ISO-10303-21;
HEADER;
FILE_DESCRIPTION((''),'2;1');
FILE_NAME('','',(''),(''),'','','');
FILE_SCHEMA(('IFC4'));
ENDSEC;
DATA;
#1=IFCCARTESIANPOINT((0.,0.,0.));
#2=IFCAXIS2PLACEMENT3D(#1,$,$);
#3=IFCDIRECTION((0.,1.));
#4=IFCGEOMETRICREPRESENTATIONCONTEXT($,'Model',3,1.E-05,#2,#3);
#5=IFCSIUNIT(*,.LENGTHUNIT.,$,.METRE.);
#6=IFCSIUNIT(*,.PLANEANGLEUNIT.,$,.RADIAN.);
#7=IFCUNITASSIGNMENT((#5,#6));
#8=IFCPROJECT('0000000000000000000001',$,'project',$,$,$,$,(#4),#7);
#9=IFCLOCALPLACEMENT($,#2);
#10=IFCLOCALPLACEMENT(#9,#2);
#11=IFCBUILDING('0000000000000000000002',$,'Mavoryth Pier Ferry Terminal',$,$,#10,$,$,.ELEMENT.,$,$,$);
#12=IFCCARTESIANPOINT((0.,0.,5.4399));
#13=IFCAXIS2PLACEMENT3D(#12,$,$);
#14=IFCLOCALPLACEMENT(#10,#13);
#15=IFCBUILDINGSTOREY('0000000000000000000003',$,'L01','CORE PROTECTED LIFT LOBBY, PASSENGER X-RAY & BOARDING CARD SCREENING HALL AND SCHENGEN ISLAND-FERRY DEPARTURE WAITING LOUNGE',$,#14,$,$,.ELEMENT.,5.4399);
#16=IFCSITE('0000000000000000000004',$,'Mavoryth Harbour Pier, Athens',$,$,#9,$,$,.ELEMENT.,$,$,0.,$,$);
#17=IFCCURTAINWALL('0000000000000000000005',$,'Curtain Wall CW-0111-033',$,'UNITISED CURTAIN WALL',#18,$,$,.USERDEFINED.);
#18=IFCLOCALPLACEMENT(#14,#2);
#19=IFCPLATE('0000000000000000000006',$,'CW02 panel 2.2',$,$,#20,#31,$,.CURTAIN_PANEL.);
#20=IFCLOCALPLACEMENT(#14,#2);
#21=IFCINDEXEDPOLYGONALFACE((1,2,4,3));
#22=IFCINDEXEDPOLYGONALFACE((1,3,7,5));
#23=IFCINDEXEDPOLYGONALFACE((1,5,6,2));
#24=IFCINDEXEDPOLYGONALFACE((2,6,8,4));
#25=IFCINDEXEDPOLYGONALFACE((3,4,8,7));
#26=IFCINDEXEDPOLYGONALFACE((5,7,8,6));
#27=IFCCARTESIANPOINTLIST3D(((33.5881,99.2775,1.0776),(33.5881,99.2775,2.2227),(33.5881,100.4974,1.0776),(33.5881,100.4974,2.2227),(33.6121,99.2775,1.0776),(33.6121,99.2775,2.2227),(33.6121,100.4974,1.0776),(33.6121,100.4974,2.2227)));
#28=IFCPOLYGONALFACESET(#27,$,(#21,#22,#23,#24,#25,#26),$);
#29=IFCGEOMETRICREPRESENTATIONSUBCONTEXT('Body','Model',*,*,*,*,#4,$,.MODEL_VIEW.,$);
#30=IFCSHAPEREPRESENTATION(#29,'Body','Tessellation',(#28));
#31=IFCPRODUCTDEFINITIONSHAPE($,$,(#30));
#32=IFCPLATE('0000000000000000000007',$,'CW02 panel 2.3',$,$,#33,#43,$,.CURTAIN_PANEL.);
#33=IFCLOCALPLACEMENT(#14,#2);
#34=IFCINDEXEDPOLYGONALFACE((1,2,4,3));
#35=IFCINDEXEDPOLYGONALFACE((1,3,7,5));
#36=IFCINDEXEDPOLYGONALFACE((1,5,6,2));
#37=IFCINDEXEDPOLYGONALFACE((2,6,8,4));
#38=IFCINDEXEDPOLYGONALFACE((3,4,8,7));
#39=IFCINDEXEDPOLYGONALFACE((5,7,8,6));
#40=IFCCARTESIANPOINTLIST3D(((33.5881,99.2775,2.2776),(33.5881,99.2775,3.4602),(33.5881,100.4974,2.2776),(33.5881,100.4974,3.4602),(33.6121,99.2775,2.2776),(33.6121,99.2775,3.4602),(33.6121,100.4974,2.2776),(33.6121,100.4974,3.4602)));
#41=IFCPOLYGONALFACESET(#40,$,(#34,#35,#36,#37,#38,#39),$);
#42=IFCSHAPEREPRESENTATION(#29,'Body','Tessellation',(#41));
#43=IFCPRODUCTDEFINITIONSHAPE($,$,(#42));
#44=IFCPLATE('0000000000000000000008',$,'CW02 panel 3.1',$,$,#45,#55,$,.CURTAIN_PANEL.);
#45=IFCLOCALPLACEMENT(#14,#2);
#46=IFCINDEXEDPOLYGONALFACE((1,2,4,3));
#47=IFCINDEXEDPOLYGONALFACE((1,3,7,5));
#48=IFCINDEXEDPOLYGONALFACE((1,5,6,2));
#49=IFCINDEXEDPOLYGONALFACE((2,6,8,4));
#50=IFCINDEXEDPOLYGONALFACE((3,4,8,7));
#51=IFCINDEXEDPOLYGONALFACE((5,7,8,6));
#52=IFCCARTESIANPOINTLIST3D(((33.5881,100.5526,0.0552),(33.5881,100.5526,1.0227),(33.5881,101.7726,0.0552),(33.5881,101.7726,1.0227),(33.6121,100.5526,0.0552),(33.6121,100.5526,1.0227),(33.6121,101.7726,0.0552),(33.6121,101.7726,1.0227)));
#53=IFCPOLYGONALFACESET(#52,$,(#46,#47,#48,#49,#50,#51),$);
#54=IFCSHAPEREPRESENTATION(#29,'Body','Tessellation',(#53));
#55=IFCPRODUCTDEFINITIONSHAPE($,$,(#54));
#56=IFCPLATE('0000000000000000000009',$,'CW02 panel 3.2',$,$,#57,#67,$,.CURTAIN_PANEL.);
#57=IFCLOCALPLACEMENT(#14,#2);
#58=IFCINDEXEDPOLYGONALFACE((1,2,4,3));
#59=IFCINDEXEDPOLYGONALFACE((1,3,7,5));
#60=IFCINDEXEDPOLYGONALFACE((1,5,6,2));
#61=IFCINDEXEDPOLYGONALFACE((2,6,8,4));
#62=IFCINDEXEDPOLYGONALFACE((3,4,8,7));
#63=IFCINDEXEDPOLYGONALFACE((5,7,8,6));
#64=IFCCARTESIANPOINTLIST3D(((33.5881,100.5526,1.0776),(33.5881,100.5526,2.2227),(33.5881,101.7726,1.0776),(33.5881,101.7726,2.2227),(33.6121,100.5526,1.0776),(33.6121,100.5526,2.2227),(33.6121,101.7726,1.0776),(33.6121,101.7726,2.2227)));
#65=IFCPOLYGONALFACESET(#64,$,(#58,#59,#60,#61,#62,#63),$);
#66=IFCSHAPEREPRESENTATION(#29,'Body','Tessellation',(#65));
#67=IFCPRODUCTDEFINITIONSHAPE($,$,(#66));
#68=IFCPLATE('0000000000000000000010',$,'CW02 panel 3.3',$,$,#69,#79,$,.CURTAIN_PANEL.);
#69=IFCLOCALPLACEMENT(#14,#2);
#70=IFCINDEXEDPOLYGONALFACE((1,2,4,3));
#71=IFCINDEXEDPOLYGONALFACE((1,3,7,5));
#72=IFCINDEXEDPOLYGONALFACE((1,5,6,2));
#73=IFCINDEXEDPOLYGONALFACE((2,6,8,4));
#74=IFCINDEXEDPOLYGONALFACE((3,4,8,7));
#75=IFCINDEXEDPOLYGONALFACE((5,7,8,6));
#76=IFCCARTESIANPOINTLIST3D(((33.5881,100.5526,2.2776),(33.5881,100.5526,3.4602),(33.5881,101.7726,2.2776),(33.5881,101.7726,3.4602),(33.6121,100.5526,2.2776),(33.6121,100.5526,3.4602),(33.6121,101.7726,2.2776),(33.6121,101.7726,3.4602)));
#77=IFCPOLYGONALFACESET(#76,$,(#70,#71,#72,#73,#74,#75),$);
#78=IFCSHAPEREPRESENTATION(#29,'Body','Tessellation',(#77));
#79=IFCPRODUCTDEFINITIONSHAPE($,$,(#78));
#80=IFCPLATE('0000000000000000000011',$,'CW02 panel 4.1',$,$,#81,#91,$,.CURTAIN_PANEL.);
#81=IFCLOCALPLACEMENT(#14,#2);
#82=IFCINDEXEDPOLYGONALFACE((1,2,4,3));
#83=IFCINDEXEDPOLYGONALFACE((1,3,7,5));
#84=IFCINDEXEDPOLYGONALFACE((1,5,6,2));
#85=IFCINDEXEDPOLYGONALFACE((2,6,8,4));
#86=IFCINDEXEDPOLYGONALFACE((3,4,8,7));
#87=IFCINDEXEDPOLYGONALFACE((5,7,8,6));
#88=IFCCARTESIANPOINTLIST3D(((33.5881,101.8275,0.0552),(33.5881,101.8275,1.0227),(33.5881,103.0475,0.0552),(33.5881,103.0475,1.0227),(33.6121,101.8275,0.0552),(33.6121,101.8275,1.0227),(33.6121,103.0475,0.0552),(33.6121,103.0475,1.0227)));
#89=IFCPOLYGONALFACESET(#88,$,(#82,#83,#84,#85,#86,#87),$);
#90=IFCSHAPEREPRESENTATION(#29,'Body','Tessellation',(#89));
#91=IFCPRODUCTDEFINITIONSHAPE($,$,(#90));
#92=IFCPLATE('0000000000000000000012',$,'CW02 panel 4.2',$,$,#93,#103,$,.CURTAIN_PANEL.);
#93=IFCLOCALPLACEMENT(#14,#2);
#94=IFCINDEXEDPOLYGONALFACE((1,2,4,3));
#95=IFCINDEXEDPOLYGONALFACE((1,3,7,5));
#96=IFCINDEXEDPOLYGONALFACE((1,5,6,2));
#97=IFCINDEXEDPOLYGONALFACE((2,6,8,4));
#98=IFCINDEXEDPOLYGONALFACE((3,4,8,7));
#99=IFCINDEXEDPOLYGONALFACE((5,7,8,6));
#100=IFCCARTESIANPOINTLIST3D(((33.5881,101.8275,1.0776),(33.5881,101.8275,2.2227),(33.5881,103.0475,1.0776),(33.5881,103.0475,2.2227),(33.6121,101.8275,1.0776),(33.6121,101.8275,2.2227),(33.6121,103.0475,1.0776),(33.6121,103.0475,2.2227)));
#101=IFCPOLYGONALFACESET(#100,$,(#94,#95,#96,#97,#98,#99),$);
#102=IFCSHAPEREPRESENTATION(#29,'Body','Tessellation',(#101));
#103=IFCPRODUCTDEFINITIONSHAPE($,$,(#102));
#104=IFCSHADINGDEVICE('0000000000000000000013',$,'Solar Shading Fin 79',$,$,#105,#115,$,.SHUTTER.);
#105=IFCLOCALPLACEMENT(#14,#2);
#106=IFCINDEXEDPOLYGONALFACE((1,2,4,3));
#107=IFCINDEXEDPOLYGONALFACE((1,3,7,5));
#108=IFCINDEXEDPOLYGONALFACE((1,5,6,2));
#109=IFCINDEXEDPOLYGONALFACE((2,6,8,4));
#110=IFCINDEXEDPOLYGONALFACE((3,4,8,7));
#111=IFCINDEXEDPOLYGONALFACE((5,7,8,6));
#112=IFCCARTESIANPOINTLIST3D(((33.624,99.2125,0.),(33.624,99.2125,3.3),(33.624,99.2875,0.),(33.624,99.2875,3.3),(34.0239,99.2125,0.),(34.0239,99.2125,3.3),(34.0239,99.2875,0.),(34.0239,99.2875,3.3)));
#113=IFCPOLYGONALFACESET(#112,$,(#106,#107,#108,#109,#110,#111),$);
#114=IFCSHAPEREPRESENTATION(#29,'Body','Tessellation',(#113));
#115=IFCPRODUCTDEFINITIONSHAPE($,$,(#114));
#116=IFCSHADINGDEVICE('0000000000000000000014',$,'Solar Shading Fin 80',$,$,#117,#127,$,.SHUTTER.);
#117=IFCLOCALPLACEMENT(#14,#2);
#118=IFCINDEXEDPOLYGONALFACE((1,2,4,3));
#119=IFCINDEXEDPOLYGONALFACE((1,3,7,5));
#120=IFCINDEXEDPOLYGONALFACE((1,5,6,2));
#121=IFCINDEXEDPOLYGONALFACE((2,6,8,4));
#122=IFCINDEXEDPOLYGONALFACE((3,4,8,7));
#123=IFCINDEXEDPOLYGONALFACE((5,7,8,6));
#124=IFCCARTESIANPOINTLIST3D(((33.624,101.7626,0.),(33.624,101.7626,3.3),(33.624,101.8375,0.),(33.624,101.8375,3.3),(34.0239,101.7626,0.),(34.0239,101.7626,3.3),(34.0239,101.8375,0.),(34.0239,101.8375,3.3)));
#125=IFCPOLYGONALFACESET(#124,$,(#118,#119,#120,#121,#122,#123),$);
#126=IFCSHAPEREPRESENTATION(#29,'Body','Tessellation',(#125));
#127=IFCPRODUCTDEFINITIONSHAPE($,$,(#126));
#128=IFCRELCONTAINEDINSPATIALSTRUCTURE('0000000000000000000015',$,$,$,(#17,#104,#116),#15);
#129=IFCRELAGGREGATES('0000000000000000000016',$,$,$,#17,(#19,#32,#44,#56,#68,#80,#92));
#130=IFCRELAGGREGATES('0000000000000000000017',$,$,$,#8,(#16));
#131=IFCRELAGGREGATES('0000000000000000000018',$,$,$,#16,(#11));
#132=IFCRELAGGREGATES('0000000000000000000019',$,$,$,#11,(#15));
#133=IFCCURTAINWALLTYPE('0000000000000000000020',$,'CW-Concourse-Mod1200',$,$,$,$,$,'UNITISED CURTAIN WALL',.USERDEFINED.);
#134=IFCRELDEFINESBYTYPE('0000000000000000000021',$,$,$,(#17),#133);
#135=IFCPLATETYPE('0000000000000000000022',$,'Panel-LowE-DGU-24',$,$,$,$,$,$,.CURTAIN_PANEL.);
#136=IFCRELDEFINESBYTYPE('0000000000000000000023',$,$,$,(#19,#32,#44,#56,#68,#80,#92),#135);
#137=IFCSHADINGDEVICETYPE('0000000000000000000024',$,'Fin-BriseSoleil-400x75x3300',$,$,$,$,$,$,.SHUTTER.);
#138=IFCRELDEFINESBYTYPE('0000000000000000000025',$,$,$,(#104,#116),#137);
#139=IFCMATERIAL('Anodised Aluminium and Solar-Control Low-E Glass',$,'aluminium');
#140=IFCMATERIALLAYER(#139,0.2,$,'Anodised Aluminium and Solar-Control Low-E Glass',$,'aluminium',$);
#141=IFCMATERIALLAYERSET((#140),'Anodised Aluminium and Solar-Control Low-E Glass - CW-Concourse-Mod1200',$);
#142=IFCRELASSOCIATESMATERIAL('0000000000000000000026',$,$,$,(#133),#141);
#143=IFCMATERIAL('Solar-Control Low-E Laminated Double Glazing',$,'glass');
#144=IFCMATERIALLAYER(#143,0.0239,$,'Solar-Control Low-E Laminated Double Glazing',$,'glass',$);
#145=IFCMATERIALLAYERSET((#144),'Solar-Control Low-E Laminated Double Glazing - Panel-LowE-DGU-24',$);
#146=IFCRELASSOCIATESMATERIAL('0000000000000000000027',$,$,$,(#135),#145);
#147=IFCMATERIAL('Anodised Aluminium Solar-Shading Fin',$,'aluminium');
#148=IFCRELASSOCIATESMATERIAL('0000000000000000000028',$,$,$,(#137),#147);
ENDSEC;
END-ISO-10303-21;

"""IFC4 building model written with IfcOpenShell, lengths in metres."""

from ifc_helpers import new_model, si_unit, direction, frame, origin, origin_2d, place, context, subcontext, project, spatial, rectangle, extrude, material, layer, layer_set, type_object, element, aggregate, save


model = new_model("IFC4")

# Units and contexts
model_context = context("Model", 3, precision=1e-05, world=origin(), true_north=direction((0.0, 1.0)))
body_context = subcontext(model_context, "Body", "Model", "MODEL_VIEW")
ifc_project = project(units=[si_unit("LENGTHUNIT", "METRE"), si_unit("PLANEANGLEUNIT", "RADIAN")], contexts=[model_context])

# Site, building, storey
site_placement = place(None, origin())
site = spatial("IfcSite", under=ifc_project, at=site_placement, Name="Mavoryth Harbour Pier, Athens", CompositionType="ELEMENT", RefElevation=0.0)
building_placement = place(site_placement, origin())
building = spatial("IfcBuilding", under=site, at=building_placement, Name="Mavoryth Pier Ferry Terminal", CompositionType="ELEMENT")
storey_placement = place(building_placement, frame((0.0, 0.0, 5.4399)))
storey = spatial("IfcBuildingStorey", under=building, at=storey_placement, Name="L01", Description="CORE PROTECTED LIFT LOBBY, PASSENGER X-RAY & BOARDING CARD SCREENING HALL AND SCHENGEN ISLAND-FERRY DEPARTURE WAITING LOUNGE", CompositionType="ELEMENT", Elevation=5.4399)

# Curtain wall
ifc_material_1 = material(Name="Anodised Aluminium and Solar-Control Low-E Glass", Category="aluminium")
ifc_layer_1 = layer(ifc_material_1, 0.2, Name="Anodised Aluminium and Solar-Control Low-E Glass", Category="aluminium")
ifc_layer_set_1 = layer_set([ifc_layer_1], Name="Anodised Aluminium and Solar-Control Low-E Glass - CW-Concourse-Mod1200")
curtain_wall_type_1 = type_object("IfcCurtainWallType", Name="CW-Concourse-Mod1200", ElementType="UNITISED CURTAIN WALL", PredefinedType="USERDEFINED", material=ifc_layer_set_1)
curtain_wall_1_placement = place(storey_placement, origin())
curtain_wall_1 = element("IfcCurtainWall", 1, at=curtain_wall_1_placement, inside=storey, type_object=curtain_wall_type_1, Name="Curtain Wall CW-0111-033", ObjectType="UNITISED CURTAIN WALL", PredefinedType="USERDEFINED")

# Plates
ifc_material_2 = material(Name="Solar-Control Low-E Laminated Double Glazing", Category="glass")
ifc_layer_2 = layer(ifc_material_2, 0.0239, Name="Solar-Control Low-E Laminated Double Glazing", Category="glass")
ifc_layer_set_2 = layer_set([ifc_layer_2], Name="Solar-Control Low-E Laminated Double Glazing - Panel-LowE-DGU-24")
plate_type = type_object("IfcPlateType", Name="Panel-LowE-DGU-24", PredefinedType="CURTAIN_PANEL", material=ifc_layer_set_2)
plate_1_placement = place(storey_placement, frame((33.6001, 99.8875, 1.0776), z_axis=(0.0, 0.0, 1.0), x_axis=(0.0, 1.0, 0.0)))
plate_1 = element("IfcPlate", 2, at=plate_1_placement, type_object=plate_type, Name="CW02 panel 2.2", PredefinedType="CURTAIN_PANEL", context=body_context, shape_type="SweptSolid", body=[
    extrude(rectangle(XDim=1.22, YDim=0.0239, at=origin_2d()), origin(), (0.0, 0.0, 1.0), 1.145),
])
plate_2_placement = place(storey_placement, frame((33.6001, 99.8875, 2.2776), z_axis=(0.0, 0.0, 1.0), x_axis=(0.0, 1.0, 0.0)))
plate_2 = element("IfcPlate", 3, at=plate_2_placement, type_object=plate_type, Name="CW02 panel 2.3", PredefinedType="CURTAIN_PANEL", context=body_context, shape_type="SweptSolid", body=[
    extrude(rectangle(XDim=1.22, YDim=0.0239, at=origin_2d()), origin(), (0.0, 0.0, 1.0), 1.1826),
])
plate_3_placement = place(storey_placement, frame((33.6001, 101.1626, 0.0552), z_axis=(0.0, 0.0, 1.0), x_axis=(0.0, 1.0, 0.0)))
plate_3 = element("IfcPlate", 4, at=plate_3_placement, type_object=plate_type, Name="CW02 panel 3.1", PredefinedType="CURTAIN_PANEL", context=body_context, shape_type="SweptSolid", body=[
    extrude(rectangle(XDim=1.22, YDim=0.0239, at=origin_2d()), origin(), (0.0, 0.0, 1.0), 0.9675),
])
plate_4_placement = place(storey_placement, frame((33.6001, 101.1626, 1.0776), z_axis=(0.0, 0.0, 1.0), x_axis=(0.0, 1.0, 0.0)))
plate_4 = element("IfcPlate", 5, at=plate_4_placement, type_object=plate_type, Name="CW02 panel 3.2", PredefinedType="CURTAIN_PANEL", context=body_context, shape_type="SweptSolid", body=[
    extrude(rectangle(XDim=1.22, YDim=0.0239, at=origin_2d()), origin(), (0.0, 0.0, 1.0), 1.145),
])
plate_5_placement = place(storey_placement, frame((33.6001, 101.1626, 2.2776), z_axis=(0.0, 0.0, 1.0), x_axis=(0.0, 1.0, 0.0)))
plate_5 = element("IfcPlate", 6, at=plate_5_placement, type_object=plate_type, Name="CW02 panel 3.3", PredefinedType="CURTAIN_PANEL", context=body_context, shape_type="SweptSolid", body=[
    extrude(rectangle(XDim=1.22, YDim=0.0239, at=origin_2d()), origin(), (0.0, 0.0, 1.0), 1.1826),
])
plate_6_placement = place(storey_placement, frame((33.6001, 102.4375, 0.0552), z_axis=(0.0, 0.0, 1.0), x_axis=(0.0, 1.0, 0.0)))
plate_6 = element("IfcPlate", 7, at=plate_6_placement, type_object=plate_type, Name="CW02 panel 4.1", PredefinedType="CURTAIN_PANEL", context=body_context, shape_type="SweptSolid", body=[
    extrude(rectangle(XDim=1.22, YDim=0.0239, at=origin_2d()), origin(), (0.0, 0.0, 1.0), 0.9675),
])
plate_7_placement = place(storey_placement, frame((33.6001, 102.4375, 1.0776), z_axis=(0.0, 0.0, 1.0), x_axis=(0.0, 1.0, 0.0)))
plate_7 = element("IfcPlate", 8, at=plate_7_placement, type_object=plate_type, Name="CW02 panel 4.2", PredefinedType="CURTAIN_PANEL", context=body_context, shape_type="SweptSolid", body=[
    extrude(rectangle(XDim=1.22, YDim=0.0239, at=origin_2d()), origin(), (0.0, 0.0, 1.0), 1.145),
])
aggregate(curtain_wall_1, [plate_1, plate_2, plate_3, plate_4, plate_5, plate_6, plate_7])

# Shading devices
ifc_material_3 = material(Name="Anodised Aluminium Solar-Shading Fin", Category="aluminium")
shading_device_type = type_object("IfcShadingDeviceType", Name="Fin-BriseSoleil-400x75x3300", PredefinedType="SHUTTER", material=ifc_material_3)
for number, where, z_axis, x_axis, name in (
    (9, (33.824, 99.25, 0.0), (0.0, 0.0, 1.0), (0.0, 1.0, 0.0), "Solar Shading Fin 79"),
    (10, (33.824, 101.8, 0.0), (0.0, 0.0, 1.0), (0.0, 1.0, 0.0), "Solar Shading Fin 80"),
):
    element("IfcShadingDevice", number, at=place(storey_placement, frame(where, z_axis=z_axis, x_axis=x_axis)), inside=storey, type_object=shading_device_type, Name=name, PredefinedType="SHUTTER", context=body_context, shape_type="SweptSolid", body=[
        extrude(rectangle(XDim=0.075, YDim=0.3999, at=origin_2d()), origin(), (0.0, 0.0, 1.0), 3.3),
    ])

save(model, "model.ifc")
